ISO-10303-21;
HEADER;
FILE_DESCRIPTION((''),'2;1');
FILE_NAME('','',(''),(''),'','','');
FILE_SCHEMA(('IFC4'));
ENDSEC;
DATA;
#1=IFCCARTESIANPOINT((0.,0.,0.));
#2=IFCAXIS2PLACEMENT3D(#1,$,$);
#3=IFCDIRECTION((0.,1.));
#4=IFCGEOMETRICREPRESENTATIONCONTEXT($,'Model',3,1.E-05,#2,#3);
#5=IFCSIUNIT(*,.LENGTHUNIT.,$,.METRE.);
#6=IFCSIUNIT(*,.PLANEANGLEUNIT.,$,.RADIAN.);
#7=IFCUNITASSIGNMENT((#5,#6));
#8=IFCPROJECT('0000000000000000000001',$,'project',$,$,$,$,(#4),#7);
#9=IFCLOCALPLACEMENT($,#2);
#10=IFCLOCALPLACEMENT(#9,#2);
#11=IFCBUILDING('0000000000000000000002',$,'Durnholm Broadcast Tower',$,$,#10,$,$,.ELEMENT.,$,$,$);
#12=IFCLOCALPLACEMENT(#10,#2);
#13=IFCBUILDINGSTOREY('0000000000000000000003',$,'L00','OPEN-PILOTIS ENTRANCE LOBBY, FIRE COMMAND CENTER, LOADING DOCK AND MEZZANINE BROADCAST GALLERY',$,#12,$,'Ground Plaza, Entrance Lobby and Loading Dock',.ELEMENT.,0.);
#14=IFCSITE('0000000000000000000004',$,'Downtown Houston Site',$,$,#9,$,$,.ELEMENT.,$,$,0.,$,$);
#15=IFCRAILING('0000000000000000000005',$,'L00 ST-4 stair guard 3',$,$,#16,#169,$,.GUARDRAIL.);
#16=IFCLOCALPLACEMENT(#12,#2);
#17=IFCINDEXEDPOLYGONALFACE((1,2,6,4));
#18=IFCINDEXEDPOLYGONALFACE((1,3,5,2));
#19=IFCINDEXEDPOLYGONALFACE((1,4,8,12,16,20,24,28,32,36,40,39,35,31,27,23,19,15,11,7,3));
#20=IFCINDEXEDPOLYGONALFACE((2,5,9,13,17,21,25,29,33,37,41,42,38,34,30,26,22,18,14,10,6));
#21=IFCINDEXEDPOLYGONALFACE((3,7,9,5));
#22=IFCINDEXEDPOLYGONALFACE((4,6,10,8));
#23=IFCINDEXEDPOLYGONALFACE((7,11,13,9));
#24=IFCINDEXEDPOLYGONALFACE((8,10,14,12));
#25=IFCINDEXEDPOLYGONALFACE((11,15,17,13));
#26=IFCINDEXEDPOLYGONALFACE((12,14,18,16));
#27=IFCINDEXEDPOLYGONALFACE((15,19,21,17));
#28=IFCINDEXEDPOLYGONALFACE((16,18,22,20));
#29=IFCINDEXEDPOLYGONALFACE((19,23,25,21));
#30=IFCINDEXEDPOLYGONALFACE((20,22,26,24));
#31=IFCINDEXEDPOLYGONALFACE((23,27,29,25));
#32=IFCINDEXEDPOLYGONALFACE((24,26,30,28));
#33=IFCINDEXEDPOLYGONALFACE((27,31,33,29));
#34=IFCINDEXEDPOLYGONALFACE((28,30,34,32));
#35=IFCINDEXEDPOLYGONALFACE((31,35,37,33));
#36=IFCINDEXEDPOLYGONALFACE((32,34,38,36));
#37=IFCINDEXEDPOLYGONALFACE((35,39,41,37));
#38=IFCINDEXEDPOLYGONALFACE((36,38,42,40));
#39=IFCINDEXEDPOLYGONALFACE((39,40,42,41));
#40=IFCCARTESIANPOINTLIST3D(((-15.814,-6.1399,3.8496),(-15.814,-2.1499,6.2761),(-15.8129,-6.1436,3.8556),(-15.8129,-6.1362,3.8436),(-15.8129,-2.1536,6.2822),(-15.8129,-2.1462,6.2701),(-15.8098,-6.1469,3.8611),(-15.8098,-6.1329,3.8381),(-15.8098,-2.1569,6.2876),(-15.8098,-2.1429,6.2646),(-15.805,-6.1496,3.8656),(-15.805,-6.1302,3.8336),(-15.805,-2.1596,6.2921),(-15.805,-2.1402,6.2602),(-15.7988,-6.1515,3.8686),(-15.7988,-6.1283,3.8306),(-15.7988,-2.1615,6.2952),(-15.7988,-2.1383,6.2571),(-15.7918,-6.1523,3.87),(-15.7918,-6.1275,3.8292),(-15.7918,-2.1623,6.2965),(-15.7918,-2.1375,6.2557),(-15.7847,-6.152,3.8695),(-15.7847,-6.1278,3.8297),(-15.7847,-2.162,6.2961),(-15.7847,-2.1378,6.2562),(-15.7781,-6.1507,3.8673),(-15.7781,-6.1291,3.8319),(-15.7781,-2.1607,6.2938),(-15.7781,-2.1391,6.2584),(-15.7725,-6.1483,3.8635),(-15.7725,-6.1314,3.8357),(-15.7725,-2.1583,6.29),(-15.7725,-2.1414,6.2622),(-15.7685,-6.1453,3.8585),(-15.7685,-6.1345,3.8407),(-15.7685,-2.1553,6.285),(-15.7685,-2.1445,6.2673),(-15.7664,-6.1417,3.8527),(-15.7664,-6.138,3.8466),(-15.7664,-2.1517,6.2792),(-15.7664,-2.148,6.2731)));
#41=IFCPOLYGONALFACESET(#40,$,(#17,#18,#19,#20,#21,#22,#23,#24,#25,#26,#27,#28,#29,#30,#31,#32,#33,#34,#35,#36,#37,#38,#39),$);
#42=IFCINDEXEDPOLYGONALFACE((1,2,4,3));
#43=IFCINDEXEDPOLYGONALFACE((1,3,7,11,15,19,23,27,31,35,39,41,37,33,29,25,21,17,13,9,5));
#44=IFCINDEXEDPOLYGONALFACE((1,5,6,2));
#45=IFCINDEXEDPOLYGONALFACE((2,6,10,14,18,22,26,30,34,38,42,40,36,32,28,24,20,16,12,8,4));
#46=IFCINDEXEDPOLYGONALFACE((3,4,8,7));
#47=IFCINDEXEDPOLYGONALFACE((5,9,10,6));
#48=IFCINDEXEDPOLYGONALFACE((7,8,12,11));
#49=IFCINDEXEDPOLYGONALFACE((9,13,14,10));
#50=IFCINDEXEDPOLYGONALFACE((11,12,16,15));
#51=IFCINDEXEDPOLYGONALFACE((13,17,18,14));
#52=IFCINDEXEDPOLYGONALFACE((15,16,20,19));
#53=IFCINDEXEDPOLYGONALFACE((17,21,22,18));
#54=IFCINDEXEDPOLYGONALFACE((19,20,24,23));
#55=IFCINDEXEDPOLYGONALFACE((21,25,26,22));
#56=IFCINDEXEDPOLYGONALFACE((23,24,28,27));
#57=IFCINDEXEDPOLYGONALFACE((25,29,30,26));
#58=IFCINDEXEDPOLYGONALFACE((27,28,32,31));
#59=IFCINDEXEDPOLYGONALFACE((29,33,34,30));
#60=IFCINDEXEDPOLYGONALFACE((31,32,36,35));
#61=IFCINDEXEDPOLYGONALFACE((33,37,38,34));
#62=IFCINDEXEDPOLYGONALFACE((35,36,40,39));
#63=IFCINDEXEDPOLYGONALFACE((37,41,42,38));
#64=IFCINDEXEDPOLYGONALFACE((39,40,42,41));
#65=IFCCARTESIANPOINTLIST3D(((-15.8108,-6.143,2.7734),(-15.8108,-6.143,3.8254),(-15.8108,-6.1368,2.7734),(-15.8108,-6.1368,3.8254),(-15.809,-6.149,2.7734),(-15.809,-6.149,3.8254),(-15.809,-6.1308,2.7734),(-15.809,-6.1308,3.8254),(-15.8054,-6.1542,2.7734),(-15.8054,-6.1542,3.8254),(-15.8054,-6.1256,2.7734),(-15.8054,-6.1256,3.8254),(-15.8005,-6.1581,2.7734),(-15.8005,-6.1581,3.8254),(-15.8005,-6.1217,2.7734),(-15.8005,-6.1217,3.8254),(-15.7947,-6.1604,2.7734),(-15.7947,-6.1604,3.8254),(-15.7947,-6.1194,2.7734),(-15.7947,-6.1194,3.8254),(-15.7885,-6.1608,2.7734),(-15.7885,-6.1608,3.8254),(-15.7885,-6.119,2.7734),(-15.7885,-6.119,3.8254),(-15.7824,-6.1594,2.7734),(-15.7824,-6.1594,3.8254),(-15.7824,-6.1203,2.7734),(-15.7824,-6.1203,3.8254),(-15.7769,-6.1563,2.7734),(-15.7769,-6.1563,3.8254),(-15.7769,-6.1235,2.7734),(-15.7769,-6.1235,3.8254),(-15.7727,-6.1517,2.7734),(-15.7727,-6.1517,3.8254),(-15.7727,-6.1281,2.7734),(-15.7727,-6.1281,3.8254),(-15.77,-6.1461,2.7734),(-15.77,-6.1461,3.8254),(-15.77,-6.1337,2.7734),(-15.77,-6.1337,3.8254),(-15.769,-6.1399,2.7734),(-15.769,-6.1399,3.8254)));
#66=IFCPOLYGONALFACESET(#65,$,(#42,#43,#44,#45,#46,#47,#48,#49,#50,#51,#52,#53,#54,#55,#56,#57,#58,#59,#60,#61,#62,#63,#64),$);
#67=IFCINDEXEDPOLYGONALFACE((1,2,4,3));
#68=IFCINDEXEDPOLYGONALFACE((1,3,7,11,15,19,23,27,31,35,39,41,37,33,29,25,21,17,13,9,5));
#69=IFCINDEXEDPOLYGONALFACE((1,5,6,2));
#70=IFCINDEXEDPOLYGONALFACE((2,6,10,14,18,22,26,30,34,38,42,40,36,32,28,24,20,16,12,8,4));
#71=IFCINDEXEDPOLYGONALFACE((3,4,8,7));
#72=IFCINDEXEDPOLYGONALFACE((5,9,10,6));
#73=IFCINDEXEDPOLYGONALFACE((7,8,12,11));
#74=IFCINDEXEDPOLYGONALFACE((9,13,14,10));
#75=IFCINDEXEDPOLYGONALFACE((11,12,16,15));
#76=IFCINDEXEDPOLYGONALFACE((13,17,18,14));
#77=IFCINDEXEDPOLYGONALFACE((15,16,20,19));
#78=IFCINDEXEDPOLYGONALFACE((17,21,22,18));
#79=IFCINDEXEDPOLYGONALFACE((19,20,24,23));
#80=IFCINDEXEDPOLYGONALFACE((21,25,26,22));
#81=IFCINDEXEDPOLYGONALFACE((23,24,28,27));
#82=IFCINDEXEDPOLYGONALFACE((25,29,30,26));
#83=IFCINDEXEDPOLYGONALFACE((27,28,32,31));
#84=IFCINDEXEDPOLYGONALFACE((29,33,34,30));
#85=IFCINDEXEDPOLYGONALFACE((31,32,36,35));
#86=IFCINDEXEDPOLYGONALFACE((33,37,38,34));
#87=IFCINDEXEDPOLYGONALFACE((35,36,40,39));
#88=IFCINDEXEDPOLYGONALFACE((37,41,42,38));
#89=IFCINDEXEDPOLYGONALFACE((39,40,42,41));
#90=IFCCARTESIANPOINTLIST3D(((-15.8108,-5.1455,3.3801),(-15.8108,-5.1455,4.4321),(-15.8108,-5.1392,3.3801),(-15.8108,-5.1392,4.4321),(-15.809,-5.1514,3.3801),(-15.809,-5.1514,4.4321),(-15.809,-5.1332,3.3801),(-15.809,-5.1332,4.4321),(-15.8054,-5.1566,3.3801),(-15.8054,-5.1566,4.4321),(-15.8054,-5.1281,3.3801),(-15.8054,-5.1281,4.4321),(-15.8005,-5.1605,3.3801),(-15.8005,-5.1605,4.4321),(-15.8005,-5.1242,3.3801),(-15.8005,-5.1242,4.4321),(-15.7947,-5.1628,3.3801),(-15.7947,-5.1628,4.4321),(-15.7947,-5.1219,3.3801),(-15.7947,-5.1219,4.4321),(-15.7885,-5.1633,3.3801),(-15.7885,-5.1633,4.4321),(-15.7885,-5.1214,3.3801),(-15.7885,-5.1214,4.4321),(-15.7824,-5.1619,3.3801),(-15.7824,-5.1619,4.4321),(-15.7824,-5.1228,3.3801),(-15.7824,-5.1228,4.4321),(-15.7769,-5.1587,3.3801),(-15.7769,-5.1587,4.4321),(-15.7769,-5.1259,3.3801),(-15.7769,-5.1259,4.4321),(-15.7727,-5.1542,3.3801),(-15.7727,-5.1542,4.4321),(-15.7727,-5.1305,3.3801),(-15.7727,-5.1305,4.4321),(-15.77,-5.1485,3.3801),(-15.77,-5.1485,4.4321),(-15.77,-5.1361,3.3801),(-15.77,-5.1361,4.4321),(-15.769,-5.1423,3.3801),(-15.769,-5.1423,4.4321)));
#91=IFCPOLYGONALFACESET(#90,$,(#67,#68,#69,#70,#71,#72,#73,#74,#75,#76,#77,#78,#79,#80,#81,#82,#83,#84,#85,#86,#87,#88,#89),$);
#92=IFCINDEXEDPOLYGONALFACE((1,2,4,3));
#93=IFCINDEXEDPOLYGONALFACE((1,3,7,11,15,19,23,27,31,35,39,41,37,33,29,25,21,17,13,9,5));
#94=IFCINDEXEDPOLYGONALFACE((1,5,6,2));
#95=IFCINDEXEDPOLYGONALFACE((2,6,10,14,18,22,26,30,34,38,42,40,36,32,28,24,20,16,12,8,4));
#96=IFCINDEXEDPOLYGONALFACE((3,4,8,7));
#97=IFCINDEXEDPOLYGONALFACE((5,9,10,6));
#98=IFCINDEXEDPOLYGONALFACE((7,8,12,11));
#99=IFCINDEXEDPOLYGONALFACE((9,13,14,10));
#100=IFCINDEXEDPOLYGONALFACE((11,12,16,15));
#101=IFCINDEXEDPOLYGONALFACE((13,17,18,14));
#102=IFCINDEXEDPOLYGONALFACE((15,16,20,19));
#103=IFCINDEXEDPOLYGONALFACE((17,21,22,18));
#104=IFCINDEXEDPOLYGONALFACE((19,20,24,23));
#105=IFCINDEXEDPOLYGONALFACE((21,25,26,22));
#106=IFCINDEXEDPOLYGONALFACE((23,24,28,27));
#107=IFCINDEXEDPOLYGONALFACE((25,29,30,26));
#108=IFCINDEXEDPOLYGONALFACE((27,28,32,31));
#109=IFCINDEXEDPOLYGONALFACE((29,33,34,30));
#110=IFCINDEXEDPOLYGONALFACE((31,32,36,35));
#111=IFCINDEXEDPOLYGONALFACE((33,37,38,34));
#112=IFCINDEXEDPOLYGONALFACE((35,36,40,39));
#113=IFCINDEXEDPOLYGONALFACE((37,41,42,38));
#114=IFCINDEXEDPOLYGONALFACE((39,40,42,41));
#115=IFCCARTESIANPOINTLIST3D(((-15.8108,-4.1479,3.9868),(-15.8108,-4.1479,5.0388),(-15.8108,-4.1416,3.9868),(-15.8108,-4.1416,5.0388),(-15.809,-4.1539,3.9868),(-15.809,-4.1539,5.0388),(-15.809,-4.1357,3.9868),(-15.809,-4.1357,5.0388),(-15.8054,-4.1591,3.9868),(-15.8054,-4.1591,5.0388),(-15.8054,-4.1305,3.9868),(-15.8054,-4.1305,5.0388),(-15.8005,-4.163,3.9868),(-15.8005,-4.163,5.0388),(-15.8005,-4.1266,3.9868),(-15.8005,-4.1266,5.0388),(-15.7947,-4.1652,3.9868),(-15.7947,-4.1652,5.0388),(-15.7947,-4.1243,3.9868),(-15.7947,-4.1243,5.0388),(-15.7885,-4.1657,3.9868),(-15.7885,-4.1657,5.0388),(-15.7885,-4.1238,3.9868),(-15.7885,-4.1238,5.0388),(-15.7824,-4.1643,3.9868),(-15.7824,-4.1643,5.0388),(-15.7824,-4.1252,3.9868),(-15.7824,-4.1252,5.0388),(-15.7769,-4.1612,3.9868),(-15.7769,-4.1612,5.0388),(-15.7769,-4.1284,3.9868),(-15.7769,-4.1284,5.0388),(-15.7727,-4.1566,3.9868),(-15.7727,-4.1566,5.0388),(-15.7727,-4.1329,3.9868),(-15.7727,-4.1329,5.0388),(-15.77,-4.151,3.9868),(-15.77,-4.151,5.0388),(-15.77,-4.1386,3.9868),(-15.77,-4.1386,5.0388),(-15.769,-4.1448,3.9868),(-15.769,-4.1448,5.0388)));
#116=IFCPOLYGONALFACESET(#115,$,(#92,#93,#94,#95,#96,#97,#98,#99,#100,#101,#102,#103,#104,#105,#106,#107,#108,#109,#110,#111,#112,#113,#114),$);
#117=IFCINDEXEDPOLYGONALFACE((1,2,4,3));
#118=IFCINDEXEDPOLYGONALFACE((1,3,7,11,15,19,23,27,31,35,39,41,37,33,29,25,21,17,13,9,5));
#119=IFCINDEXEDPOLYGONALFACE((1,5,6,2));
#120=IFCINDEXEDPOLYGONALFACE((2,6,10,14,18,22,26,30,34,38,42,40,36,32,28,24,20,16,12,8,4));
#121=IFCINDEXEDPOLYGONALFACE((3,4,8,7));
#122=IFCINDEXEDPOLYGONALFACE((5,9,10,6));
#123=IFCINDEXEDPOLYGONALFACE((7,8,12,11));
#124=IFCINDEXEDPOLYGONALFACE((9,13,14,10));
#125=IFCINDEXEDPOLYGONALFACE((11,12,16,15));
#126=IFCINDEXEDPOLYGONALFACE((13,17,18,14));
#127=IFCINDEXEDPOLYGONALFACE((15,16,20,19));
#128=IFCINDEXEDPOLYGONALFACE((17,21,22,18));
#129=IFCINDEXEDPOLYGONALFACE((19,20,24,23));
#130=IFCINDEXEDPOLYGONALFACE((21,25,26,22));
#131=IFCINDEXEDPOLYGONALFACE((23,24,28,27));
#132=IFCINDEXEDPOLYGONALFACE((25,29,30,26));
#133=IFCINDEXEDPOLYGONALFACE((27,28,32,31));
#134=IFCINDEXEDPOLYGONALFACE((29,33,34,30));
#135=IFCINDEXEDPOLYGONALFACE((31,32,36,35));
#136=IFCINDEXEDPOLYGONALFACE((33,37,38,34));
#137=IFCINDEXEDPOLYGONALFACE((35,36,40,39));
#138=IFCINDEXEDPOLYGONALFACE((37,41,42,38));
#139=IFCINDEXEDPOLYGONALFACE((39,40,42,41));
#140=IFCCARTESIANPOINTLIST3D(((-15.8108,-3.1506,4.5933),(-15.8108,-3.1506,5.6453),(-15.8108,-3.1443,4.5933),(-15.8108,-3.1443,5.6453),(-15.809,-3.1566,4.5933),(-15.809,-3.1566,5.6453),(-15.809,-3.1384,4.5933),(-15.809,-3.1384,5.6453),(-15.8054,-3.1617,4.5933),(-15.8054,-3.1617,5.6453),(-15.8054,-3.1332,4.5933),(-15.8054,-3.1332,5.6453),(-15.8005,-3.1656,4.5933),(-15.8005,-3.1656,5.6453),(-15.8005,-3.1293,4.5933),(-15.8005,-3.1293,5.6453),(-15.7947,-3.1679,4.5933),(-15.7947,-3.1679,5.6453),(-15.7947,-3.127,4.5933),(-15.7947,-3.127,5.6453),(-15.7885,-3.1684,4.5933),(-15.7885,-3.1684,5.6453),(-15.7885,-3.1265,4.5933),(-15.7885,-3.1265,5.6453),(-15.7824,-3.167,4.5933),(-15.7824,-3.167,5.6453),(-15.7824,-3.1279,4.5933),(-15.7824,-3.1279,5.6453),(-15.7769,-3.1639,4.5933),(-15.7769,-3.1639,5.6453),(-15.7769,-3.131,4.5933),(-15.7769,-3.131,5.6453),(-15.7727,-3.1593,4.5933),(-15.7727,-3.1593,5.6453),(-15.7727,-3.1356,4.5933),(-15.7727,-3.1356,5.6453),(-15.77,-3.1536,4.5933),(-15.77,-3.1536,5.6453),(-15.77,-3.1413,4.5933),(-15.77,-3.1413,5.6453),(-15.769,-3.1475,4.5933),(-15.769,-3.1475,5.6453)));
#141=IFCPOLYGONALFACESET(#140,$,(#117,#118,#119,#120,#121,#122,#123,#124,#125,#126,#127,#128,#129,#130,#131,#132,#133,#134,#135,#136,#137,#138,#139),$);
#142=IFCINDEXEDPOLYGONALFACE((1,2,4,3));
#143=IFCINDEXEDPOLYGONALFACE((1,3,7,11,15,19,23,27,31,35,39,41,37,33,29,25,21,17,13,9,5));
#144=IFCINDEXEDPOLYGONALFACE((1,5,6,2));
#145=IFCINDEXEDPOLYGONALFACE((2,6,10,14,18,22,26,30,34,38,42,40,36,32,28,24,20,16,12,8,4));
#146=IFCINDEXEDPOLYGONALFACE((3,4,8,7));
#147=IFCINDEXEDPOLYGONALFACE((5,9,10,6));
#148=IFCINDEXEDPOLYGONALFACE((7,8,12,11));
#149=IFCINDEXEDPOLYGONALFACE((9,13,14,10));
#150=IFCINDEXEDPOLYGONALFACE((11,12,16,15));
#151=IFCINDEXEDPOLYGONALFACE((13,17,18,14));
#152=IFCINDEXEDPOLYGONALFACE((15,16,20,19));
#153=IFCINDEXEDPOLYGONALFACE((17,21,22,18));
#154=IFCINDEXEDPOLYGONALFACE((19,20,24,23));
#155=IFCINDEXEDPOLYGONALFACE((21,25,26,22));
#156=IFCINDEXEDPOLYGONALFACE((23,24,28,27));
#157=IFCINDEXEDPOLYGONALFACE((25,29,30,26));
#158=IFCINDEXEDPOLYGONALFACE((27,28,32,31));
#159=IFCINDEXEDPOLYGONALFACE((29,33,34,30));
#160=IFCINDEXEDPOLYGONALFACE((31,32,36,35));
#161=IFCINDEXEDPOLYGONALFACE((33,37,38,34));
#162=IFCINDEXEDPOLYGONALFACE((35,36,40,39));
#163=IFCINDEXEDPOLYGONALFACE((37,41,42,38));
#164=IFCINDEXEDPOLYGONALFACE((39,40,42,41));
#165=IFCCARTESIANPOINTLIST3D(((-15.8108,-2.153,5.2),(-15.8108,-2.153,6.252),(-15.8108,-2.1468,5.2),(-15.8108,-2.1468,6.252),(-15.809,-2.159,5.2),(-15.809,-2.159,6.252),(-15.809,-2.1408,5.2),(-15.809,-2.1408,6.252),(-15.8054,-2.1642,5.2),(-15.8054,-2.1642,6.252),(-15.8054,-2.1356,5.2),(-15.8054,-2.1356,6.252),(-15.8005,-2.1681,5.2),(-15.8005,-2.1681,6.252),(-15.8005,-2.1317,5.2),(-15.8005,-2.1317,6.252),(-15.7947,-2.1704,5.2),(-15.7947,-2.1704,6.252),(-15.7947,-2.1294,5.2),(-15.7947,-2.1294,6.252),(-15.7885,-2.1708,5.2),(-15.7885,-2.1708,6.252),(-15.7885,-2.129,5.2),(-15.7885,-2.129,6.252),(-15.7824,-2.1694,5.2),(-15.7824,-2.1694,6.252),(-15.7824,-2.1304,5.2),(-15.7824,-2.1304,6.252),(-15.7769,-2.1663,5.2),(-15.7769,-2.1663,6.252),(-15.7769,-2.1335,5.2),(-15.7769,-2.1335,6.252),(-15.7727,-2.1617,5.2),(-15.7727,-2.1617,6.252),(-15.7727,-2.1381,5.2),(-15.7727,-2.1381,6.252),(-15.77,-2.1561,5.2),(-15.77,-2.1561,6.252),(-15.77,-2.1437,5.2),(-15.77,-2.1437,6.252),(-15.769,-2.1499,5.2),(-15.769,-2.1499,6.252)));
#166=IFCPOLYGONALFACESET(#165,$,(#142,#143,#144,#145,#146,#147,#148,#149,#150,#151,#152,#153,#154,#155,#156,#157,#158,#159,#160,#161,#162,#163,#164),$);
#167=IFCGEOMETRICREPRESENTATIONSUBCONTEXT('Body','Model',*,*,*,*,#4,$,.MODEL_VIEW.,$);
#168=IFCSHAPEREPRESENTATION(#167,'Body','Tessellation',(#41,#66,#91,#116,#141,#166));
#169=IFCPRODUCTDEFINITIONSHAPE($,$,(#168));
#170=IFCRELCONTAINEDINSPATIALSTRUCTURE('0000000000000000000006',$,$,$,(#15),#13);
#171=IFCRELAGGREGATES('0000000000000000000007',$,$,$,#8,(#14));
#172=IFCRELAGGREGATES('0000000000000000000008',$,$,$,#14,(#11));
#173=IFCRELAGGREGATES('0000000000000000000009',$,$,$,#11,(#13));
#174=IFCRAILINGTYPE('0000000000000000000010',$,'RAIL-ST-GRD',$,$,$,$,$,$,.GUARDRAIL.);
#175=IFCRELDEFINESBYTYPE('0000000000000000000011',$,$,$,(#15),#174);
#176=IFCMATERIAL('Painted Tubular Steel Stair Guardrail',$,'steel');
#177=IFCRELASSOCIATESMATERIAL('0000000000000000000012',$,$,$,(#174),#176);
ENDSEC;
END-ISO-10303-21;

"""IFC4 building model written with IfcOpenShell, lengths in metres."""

from ifc_helpers import new_model, si_unit, direction, frame, origin, origin_2d, place, context, subcontext, project, spatial, circle, extrude, material, type_object, element, save


model = new_model("IFC4")

# Units and contexts
model_context = context("Model", 3, precision=1e-05, world=origin(), true_north=direction((0.0, 1.0)))
body_context = subcontext(model_context, "Body", "Model", "MODEL_VIEW")
ifc_project = project(units=[si_unit("LENGTHUNIT", "METRE"), si_unit("PLANEANGLEUNIT", "RADIAN")], contexts=[model_context])

# Site, building, storey
site_placement = place(None, origin())
site = spatial("IfcSite", under=ifc_project, at=site_placement, Name="Downtown Houston Site", CompositionType="ELEMENT", RefElevation=0.0)
building_placement = place(site_placement, origin())
building = spatial("IfcBuilding", under=site, at=building_placement, Name="Durnholm Broadcast Tower", CompositionType="ELEMENT")
storey_placement = place(building_placement, origin())
storey = spatial("IfcBuildingStorey", under=building, at=storey_placement, Name="L00", Description="OPEN-PILOTIS ENTRANCE LOBBY, FIRE COMMAND CENTER, LOADING DOCK AND MEZZANINE BROADCAST GALLERY", LongName="Ground Plaza, Entrance Lobby and Loading Dock", CompositionType="ELEMENT", Elevation=0.0)

# Railing
ifc_material_1 = material(Name="Painted Tubular Steel Stair Guardrail", Category="steel")
railing_type_1 = type_object("IfcRailingType", Name="RAIL-ST-GRD", PredefinedType="GUARDRAIL", material=ifc_material_1)
railing_1_placement = place(storey_placement, frame((-15.79, -6.1399, 2.7734)))
element("IfcRailing", 1, at=railing_1_placement, inside=storey, type_object=railing_type_1, Name="L00 ST-4 stair guard 3", PredefinedType="GUARDRAIL", context=body_context, shape_type="SweptSolid", body=[
    extrude(circle(Radius=0.0239, at=origin_2d()), frame((0.0, 0.0, 1.0762), z_axis=(0.0, 0.854405, 0.519607), x_axis=(-1.0, 0.0, 0.0)), (0.0, 0.0, 1.0), 4.6699),
    extrude(circle(Radius=0.021, at=origin_2d()), origin(), (0.0, 0.0, 1.0), 1.052),
    extrude(circle(Radius=0.021, at=origin_2d()), frame((0.0, 0.9976, 0.6067)), (0.0, 0.0, 1.0), 1.052),
    extrude(circle(Radius=0.021, at=origin_2d()), frame((0.0, 1.9951, 1.2134)), (0.0, 0.0, 1.0), 1.052),
    extrude(circle(Radius=0.021, at=origin_2d()), frame((0.0, 2.9924, 1.8198)), (0.0, 0.0, 1.0), 1.052),
    extrude(circle(Radius=0.021, at=origin_2d()), frame((0.0, 3.99, 2.4265)), (0.0, 0.0, 1.0), 1.052),
])

save(model, "model.ifc")
